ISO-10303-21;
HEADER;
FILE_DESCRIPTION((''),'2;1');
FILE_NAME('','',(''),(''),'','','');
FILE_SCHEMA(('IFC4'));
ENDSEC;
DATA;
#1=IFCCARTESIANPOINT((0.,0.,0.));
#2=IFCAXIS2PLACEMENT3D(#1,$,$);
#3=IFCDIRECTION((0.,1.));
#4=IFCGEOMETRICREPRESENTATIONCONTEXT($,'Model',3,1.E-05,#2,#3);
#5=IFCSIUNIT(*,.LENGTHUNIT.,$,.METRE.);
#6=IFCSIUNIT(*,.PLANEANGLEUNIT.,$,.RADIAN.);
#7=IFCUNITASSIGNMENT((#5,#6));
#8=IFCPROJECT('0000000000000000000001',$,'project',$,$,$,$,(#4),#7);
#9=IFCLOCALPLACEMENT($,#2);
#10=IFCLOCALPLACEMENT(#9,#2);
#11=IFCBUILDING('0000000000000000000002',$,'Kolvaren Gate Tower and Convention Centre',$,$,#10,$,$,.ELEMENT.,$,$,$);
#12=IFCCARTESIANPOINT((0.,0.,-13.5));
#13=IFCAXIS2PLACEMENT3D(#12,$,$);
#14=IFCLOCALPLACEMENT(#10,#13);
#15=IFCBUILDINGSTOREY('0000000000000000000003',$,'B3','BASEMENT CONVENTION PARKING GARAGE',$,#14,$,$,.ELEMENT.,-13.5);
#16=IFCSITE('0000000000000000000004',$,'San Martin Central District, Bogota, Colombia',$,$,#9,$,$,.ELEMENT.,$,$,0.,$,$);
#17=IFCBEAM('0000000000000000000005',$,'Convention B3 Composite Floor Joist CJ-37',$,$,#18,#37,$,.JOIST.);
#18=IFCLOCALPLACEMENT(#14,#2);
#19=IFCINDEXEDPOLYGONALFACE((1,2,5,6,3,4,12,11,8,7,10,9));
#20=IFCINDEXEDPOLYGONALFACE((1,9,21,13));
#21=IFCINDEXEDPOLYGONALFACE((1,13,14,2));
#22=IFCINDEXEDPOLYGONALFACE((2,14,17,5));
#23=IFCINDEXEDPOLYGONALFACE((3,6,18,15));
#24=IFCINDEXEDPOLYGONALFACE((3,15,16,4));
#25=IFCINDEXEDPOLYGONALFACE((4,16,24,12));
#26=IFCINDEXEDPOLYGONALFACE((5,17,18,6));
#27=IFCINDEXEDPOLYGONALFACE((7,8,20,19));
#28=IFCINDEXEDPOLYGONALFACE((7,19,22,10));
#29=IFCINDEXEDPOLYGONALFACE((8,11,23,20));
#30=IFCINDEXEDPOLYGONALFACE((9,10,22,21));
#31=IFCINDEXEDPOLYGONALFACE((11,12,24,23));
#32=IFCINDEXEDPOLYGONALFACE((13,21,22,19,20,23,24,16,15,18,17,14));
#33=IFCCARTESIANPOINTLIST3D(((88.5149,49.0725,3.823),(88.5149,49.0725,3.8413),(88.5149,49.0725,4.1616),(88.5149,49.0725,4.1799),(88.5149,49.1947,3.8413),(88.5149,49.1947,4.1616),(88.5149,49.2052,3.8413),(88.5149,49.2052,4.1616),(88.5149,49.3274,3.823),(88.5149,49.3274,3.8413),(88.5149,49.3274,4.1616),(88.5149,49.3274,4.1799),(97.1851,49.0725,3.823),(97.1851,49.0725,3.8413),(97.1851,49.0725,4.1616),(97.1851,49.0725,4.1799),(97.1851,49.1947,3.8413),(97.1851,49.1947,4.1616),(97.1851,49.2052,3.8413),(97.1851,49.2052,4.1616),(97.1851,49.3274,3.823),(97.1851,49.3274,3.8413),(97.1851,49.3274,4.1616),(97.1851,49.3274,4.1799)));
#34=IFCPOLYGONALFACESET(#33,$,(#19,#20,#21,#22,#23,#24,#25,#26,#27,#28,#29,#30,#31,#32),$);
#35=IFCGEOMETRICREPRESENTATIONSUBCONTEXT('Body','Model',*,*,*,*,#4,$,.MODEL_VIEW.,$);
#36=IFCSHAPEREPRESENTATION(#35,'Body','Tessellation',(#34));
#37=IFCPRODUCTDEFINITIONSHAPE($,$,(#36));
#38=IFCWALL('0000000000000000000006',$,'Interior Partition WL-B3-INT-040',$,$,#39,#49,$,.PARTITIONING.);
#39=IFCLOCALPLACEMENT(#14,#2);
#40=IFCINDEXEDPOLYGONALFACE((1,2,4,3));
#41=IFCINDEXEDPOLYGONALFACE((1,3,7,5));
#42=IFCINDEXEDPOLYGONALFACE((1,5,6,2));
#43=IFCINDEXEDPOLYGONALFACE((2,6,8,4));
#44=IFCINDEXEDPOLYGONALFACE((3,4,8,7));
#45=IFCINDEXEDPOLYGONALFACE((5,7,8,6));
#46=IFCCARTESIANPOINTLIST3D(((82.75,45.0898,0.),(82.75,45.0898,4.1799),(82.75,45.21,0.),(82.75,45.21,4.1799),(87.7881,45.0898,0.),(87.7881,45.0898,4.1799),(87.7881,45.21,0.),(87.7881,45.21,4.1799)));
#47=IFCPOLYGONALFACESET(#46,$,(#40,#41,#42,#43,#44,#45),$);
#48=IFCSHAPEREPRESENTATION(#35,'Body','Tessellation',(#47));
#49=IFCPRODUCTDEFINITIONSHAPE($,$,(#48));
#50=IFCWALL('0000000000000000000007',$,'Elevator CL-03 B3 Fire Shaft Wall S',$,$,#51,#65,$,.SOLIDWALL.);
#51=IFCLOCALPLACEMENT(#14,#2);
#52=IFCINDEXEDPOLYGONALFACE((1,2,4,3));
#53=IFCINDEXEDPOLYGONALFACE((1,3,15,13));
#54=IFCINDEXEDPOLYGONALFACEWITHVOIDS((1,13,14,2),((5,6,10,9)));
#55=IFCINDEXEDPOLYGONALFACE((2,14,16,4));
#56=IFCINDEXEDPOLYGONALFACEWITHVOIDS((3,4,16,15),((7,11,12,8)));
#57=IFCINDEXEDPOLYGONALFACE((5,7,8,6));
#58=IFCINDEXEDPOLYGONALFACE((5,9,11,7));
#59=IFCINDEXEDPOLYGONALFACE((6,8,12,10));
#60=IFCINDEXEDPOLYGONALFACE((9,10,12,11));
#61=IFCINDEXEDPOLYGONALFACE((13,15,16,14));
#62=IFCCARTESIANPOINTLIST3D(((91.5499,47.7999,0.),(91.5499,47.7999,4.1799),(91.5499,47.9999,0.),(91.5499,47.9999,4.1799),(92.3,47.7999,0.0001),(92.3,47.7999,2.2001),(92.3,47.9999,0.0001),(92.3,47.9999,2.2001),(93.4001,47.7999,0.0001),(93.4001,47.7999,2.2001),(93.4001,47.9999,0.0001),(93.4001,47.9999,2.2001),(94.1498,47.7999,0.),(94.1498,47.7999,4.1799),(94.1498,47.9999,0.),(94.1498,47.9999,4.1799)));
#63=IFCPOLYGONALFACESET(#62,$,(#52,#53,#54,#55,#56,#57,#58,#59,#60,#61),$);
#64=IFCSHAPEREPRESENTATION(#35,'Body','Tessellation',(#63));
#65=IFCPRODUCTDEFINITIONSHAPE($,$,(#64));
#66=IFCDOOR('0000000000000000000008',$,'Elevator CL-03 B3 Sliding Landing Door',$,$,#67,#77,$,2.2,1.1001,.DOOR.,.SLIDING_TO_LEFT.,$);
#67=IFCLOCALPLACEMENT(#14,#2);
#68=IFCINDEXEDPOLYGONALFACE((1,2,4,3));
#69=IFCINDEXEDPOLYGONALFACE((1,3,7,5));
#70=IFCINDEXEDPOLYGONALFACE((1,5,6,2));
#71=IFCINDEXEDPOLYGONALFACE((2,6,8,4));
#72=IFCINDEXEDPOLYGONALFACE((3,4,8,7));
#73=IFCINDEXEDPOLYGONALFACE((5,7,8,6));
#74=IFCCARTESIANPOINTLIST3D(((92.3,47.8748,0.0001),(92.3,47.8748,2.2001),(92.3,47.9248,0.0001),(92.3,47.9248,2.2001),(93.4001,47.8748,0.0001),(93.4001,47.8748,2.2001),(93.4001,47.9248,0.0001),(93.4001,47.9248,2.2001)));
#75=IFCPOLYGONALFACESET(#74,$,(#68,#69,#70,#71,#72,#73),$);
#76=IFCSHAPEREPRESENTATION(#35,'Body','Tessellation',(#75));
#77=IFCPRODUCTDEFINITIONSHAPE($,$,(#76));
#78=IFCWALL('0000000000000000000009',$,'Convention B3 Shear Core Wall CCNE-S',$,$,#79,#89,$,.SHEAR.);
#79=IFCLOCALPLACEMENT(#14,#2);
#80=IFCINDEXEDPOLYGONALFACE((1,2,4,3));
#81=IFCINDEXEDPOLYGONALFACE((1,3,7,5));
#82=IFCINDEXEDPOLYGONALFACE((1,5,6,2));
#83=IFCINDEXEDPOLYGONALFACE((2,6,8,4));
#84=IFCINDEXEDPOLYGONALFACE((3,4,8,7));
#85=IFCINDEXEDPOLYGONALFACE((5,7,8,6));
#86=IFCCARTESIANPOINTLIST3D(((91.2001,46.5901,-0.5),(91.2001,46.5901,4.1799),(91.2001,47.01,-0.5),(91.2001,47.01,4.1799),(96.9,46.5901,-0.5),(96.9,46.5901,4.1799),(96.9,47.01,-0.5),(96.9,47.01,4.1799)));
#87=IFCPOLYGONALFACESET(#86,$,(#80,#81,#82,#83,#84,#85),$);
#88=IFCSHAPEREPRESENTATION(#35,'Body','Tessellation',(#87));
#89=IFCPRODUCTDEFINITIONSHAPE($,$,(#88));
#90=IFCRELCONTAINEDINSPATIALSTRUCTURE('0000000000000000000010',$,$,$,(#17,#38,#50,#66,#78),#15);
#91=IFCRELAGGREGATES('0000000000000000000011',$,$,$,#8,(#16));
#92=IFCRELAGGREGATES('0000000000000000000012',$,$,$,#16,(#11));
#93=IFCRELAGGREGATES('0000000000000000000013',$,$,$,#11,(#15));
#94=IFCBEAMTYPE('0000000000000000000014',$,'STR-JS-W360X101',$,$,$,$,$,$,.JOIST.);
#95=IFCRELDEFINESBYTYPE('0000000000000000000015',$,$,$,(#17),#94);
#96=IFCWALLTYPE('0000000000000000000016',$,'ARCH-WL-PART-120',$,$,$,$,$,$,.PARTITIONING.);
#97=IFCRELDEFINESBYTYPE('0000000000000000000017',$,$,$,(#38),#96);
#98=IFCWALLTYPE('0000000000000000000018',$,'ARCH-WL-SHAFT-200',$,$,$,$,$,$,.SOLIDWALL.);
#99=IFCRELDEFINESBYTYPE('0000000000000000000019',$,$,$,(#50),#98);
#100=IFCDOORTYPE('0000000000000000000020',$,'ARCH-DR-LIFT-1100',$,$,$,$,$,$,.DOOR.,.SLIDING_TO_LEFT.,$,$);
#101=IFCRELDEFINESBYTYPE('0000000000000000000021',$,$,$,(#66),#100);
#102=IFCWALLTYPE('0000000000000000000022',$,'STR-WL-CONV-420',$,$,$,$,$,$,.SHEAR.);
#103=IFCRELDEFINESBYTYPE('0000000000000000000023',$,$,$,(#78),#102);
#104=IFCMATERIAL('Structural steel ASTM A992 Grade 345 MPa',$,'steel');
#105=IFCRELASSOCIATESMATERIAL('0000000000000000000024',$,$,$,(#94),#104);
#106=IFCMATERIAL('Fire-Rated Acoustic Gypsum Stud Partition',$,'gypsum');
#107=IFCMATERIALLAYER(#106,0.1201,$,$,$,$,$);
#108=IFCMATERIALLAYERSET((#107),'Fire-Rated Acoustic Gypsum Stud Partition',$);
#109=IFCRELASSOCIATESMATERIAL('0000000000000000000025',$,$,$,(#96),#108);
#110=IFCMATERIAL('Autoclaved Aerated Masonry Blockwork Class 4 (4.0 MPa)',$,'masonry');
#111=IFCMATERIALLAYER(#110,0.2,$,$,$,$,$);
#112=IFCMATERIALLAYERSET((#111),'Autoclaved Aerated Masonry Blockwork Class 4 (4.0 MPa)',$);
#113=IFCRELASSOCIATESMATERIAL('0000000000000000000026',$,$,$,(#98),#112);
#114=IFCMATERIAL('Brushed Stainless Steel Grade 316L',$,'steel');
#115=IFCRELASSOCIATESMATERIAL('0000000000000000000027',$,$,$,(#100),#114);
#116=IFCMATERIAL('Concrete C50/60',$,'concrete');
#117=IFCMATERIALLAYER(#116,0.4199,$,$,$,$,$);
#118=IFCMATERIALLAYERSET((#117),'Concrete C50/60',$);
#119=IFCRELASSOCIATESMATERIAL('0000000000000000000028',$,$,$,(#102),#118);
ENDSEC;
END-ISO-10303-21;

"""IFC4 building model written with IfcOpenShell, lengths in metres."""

from ifc_helpers import new_model, si_unit, direction, frame, frame_2d, origin, origin_2d, place, context, subcontext, project, spatial, rectangle, i_section, extrude, material, layer, layer_set, material_profile, profile_set, type_object, element, fill, save


model = new_model("IFC4")

# Units and contexts
model_context = context("Model", 3, precision=1e-05, world=origin(), true_north=direction((0.0, 1.0)))
body_context = subcontext(model_context, "Body", "Model", "MODEL_VIEW")
ifc_project = project(units=[si_unit("LENGTHUNIT", "METRE"), si_unit("PLANEANGLEUNIT", "RADIAN")], contexts=[model_context])

# Site, building, storey
site_placement = place(None, origin())
site = spatial("IfcSite", under=ifc_project, at=site_placement, Name="San Martin Central District, Bogota, Colombia", CompositionType="ELEMENT", RefElevation=0.0)
building_placement = place(site_placement, origin())
building = spatial("IfcBuilding", under=site, at=building_placement, Name="Kolvaren Gate Tower and Convention Centre", CompositionType="ELEMENT")
storey_placement = place(building_placement, frame((0.0, 0.0, -13.5)))
storey = spatial("IfcBuildingStorey", under=building, at=storey_placement, Name="B3", Description="BASEMENT CONVENTION PARKING GARAGE", CompositionType="ELEMENT", Elevation=-13.5)

# Shared definitions
ifc_material_1 = material(Name="Concrete C50/60", Category="concrete")

# Beam
ifc_material_2 = material(Name="Structural steel ASTM A992 Grade 345 MPa", Category="steel")
ifc_material_profile_1 = material_profile(ifc_material_2, i_section(OverallWidth=0.2549, OverallDepth=0.3569, WebThickness=0.0105, FlangeThickness=0.0183, at=origin_2d()), Name="W360X101")
ifc_profile_set_1 = profile_set([ifc_material_profile_1], Name="Structural steel ASTM A992 Grade 345 MPa")
beam_type_1 = type_object("IfcBeamType", Name="STR-JS-W360X101", PredefinedType="JOIST", material=ifc_profile_set_1)
beam_1_placement = place(storey_placement, frame((88.5149, 49.2, 4.0015), z_axis=(1.0, 0.0, 0.0), x_axis=(0.0, 1.0, 0.0)))
element("IfcBeam", 1, at=beam_1_placement, inside=storey, type_object=beam_type_1, Name="Convention B3 Composite Floor Joist CJ-37", PredefinedType="JOIST", context=body_context, shape_type="SweptSolid", body=[
    extrude(i_section(OverallWidth=0.2549, OverallDepth=0.3569, WebThickness=0.0105, FlangeThickness=0.0183, at=origin_2d()), origin(), (0.0, 0.0, 1.0), 8.6702),
])

# Wall
ifc_material_3 = material(Name="Fire-Rated Acoustic Gypsum Stud Partition", Category="gypsum")
ifc_layer_1 = layer(ifc_material_3, 0.1201)
ifc_layer_set_1 = layer_set([ifc_layer_1], Name="Fire-Rated Acoustic Gypsum Stud Partition")
wall_type_1 = type_object("IfcWallType", Name="ARCH-WL-PART-120", PredefinedType="PARTITIONING", material=ifc_layer_set_1)
wall_1_placement = place(storey_placement, frame((82.75, 45.1499, 0.0), z_axis=(0.0, 0.0, 1.0), x_axis=(1.0, 0.0, 0.0)))
element("IfcWall", 2, at=wall_1_placement, inside=storey, type_object=wall_type_1, Name="Interior Partition WL-B3-INT-040", PredefinedType="PARTITIONING", context=body_context, shape_type="SweptSolid", body=[
    extrude(rectangle(XDim=5.0381, YDim=0.1201, at=frame_2d((2.519, 0.0))), origin(), (0.0, 0.0, 1.0), 4.1799),
])

# Wall, opening, door
ifc_material_4 = material(Name="Autoclaved Aerated Masonry Blockwork Class 4 (4.0 MPa)", Category="masonry")
ifc_layer_2 = layer(ifc_material_4, 0.2)
ifc_layer_set_2 = layer_set([ifc_layer_2], Name="Autoclaved Aerated Masonry Blockwork Class 4 (4.0 MPa)")
wall_type_2 = type_object("IfcWallType", Name="ARCH-WL-SHAFT-200", PredefinedType="SOLIDWALL", material=ifc_layer_set_2)
wall_2_placement = place(storey_placement, frame((91.55, 47.8999, 0.0), z_axis=(0.0, 0.0, 1.0), x_axis=(1.0, 0.0, 0.0)))
wall_2 = element("IfcWall", 3, at=wall_2_placement, inside=storey, type_object=wall_type_2, Name="Elevator CL-03 B3 Fire Shaft Wall S", PredefinedType="SOLIDWALL", context=body_context, shape_type="SweptSolid", body=[
    extrude(rectangle(XDim=2.5999, YDim=0.2, at=frame_2d((1.2998, 0.0))), origin(), (0.0, 0.0, 1.0), 4.1799),
])
opening_placement = place(wall_2_placement, frame((0.75, 0.0, 0.0)))
opening = element("IfcOpeningElement", 4, at=opening_placement, cuts=wall_2, PredefinedType="OPENING", context=body_context, shape_type="SweptSolid", body=[
    extrude(rectangle(XDim=1.1001, YDim=2.2, at=frame_2d((0.55, 1.1001))), frame((0.0, 0.1099, 0.0), z_axis=(0.0, -1.0, 0.0), x_axis=(1.0, 0.0, 0.0)), (0.0, 0.0, 1.0), 0.22),
])
ifc_material_5 = material(Name="Brushed Stainless Steel Grade 316L", Category="steel")
door_type = type_object("IfcDoorType", Name="ARCH-DR-LIFT-1100", OperationType="SLIDING_TO_LEFT", PredefinedType="DOOR", material=ifc_material_5)
door_placement = place(opening_placement, origin())
door = element("IfcDoor", 5, at=door_placement, inside=storey, type_object=door_type, Name="Elevator CL-03 B3 Sliding Landing Door", OperationType="SLIDING_TO_LEFT", OverallHeight=2.2, OverallWidth=1.1001, PredefinedType="DOOR", context=body_context, shape_type="SweptSolid", body=[
    extrude(rectangle(XDim=1.1001, YDim=2.2, at=frame_2d((0.55, 1.1001))), frame((0.0, 0.0249, 0.0), z_axis=(0.0, -1.0, 0.0), x_axis=(1.0, 0.0, 0.0)), (0.0, 0.0, 1.0), 0.05),
])
fill(opening, door)

# Wall
ifc_layer_3 = layer(ifc_material_1, 0.4199)
ifc_layer_set_3 = layer_set([ifc_layer_3], Name="Concrete C50/60")
wall_type_3 = type_object("IfcWallType", Name="STR-WL-CONV-420", PredefinedType="SHEAR", material=ifc_layer_set_3)
wall_3_placement = place(storey_placement, frame((91.2, 46.8, -0.5), z_axis=(0.0, 0.0, 1.0), x_axis=(1.0, 0.0, 0.0)))
element("IfcWall", 6, at=wall_3_placement, inside=storey, type_object=wall_type_3, Name="Convention B3 Shear Core Wall CCNE-S", PredefinedType="SHEAR", context=body_context, shape_type="SweptSolid", body=[
    extrude(rectangle(XDim=5.7, YDim=0.4199, at=frame_2d((2.8501, 0.0))), origin(), (0.0, 0.0, 1.0), 4.6799),
])

save(model, "model.ifc")
